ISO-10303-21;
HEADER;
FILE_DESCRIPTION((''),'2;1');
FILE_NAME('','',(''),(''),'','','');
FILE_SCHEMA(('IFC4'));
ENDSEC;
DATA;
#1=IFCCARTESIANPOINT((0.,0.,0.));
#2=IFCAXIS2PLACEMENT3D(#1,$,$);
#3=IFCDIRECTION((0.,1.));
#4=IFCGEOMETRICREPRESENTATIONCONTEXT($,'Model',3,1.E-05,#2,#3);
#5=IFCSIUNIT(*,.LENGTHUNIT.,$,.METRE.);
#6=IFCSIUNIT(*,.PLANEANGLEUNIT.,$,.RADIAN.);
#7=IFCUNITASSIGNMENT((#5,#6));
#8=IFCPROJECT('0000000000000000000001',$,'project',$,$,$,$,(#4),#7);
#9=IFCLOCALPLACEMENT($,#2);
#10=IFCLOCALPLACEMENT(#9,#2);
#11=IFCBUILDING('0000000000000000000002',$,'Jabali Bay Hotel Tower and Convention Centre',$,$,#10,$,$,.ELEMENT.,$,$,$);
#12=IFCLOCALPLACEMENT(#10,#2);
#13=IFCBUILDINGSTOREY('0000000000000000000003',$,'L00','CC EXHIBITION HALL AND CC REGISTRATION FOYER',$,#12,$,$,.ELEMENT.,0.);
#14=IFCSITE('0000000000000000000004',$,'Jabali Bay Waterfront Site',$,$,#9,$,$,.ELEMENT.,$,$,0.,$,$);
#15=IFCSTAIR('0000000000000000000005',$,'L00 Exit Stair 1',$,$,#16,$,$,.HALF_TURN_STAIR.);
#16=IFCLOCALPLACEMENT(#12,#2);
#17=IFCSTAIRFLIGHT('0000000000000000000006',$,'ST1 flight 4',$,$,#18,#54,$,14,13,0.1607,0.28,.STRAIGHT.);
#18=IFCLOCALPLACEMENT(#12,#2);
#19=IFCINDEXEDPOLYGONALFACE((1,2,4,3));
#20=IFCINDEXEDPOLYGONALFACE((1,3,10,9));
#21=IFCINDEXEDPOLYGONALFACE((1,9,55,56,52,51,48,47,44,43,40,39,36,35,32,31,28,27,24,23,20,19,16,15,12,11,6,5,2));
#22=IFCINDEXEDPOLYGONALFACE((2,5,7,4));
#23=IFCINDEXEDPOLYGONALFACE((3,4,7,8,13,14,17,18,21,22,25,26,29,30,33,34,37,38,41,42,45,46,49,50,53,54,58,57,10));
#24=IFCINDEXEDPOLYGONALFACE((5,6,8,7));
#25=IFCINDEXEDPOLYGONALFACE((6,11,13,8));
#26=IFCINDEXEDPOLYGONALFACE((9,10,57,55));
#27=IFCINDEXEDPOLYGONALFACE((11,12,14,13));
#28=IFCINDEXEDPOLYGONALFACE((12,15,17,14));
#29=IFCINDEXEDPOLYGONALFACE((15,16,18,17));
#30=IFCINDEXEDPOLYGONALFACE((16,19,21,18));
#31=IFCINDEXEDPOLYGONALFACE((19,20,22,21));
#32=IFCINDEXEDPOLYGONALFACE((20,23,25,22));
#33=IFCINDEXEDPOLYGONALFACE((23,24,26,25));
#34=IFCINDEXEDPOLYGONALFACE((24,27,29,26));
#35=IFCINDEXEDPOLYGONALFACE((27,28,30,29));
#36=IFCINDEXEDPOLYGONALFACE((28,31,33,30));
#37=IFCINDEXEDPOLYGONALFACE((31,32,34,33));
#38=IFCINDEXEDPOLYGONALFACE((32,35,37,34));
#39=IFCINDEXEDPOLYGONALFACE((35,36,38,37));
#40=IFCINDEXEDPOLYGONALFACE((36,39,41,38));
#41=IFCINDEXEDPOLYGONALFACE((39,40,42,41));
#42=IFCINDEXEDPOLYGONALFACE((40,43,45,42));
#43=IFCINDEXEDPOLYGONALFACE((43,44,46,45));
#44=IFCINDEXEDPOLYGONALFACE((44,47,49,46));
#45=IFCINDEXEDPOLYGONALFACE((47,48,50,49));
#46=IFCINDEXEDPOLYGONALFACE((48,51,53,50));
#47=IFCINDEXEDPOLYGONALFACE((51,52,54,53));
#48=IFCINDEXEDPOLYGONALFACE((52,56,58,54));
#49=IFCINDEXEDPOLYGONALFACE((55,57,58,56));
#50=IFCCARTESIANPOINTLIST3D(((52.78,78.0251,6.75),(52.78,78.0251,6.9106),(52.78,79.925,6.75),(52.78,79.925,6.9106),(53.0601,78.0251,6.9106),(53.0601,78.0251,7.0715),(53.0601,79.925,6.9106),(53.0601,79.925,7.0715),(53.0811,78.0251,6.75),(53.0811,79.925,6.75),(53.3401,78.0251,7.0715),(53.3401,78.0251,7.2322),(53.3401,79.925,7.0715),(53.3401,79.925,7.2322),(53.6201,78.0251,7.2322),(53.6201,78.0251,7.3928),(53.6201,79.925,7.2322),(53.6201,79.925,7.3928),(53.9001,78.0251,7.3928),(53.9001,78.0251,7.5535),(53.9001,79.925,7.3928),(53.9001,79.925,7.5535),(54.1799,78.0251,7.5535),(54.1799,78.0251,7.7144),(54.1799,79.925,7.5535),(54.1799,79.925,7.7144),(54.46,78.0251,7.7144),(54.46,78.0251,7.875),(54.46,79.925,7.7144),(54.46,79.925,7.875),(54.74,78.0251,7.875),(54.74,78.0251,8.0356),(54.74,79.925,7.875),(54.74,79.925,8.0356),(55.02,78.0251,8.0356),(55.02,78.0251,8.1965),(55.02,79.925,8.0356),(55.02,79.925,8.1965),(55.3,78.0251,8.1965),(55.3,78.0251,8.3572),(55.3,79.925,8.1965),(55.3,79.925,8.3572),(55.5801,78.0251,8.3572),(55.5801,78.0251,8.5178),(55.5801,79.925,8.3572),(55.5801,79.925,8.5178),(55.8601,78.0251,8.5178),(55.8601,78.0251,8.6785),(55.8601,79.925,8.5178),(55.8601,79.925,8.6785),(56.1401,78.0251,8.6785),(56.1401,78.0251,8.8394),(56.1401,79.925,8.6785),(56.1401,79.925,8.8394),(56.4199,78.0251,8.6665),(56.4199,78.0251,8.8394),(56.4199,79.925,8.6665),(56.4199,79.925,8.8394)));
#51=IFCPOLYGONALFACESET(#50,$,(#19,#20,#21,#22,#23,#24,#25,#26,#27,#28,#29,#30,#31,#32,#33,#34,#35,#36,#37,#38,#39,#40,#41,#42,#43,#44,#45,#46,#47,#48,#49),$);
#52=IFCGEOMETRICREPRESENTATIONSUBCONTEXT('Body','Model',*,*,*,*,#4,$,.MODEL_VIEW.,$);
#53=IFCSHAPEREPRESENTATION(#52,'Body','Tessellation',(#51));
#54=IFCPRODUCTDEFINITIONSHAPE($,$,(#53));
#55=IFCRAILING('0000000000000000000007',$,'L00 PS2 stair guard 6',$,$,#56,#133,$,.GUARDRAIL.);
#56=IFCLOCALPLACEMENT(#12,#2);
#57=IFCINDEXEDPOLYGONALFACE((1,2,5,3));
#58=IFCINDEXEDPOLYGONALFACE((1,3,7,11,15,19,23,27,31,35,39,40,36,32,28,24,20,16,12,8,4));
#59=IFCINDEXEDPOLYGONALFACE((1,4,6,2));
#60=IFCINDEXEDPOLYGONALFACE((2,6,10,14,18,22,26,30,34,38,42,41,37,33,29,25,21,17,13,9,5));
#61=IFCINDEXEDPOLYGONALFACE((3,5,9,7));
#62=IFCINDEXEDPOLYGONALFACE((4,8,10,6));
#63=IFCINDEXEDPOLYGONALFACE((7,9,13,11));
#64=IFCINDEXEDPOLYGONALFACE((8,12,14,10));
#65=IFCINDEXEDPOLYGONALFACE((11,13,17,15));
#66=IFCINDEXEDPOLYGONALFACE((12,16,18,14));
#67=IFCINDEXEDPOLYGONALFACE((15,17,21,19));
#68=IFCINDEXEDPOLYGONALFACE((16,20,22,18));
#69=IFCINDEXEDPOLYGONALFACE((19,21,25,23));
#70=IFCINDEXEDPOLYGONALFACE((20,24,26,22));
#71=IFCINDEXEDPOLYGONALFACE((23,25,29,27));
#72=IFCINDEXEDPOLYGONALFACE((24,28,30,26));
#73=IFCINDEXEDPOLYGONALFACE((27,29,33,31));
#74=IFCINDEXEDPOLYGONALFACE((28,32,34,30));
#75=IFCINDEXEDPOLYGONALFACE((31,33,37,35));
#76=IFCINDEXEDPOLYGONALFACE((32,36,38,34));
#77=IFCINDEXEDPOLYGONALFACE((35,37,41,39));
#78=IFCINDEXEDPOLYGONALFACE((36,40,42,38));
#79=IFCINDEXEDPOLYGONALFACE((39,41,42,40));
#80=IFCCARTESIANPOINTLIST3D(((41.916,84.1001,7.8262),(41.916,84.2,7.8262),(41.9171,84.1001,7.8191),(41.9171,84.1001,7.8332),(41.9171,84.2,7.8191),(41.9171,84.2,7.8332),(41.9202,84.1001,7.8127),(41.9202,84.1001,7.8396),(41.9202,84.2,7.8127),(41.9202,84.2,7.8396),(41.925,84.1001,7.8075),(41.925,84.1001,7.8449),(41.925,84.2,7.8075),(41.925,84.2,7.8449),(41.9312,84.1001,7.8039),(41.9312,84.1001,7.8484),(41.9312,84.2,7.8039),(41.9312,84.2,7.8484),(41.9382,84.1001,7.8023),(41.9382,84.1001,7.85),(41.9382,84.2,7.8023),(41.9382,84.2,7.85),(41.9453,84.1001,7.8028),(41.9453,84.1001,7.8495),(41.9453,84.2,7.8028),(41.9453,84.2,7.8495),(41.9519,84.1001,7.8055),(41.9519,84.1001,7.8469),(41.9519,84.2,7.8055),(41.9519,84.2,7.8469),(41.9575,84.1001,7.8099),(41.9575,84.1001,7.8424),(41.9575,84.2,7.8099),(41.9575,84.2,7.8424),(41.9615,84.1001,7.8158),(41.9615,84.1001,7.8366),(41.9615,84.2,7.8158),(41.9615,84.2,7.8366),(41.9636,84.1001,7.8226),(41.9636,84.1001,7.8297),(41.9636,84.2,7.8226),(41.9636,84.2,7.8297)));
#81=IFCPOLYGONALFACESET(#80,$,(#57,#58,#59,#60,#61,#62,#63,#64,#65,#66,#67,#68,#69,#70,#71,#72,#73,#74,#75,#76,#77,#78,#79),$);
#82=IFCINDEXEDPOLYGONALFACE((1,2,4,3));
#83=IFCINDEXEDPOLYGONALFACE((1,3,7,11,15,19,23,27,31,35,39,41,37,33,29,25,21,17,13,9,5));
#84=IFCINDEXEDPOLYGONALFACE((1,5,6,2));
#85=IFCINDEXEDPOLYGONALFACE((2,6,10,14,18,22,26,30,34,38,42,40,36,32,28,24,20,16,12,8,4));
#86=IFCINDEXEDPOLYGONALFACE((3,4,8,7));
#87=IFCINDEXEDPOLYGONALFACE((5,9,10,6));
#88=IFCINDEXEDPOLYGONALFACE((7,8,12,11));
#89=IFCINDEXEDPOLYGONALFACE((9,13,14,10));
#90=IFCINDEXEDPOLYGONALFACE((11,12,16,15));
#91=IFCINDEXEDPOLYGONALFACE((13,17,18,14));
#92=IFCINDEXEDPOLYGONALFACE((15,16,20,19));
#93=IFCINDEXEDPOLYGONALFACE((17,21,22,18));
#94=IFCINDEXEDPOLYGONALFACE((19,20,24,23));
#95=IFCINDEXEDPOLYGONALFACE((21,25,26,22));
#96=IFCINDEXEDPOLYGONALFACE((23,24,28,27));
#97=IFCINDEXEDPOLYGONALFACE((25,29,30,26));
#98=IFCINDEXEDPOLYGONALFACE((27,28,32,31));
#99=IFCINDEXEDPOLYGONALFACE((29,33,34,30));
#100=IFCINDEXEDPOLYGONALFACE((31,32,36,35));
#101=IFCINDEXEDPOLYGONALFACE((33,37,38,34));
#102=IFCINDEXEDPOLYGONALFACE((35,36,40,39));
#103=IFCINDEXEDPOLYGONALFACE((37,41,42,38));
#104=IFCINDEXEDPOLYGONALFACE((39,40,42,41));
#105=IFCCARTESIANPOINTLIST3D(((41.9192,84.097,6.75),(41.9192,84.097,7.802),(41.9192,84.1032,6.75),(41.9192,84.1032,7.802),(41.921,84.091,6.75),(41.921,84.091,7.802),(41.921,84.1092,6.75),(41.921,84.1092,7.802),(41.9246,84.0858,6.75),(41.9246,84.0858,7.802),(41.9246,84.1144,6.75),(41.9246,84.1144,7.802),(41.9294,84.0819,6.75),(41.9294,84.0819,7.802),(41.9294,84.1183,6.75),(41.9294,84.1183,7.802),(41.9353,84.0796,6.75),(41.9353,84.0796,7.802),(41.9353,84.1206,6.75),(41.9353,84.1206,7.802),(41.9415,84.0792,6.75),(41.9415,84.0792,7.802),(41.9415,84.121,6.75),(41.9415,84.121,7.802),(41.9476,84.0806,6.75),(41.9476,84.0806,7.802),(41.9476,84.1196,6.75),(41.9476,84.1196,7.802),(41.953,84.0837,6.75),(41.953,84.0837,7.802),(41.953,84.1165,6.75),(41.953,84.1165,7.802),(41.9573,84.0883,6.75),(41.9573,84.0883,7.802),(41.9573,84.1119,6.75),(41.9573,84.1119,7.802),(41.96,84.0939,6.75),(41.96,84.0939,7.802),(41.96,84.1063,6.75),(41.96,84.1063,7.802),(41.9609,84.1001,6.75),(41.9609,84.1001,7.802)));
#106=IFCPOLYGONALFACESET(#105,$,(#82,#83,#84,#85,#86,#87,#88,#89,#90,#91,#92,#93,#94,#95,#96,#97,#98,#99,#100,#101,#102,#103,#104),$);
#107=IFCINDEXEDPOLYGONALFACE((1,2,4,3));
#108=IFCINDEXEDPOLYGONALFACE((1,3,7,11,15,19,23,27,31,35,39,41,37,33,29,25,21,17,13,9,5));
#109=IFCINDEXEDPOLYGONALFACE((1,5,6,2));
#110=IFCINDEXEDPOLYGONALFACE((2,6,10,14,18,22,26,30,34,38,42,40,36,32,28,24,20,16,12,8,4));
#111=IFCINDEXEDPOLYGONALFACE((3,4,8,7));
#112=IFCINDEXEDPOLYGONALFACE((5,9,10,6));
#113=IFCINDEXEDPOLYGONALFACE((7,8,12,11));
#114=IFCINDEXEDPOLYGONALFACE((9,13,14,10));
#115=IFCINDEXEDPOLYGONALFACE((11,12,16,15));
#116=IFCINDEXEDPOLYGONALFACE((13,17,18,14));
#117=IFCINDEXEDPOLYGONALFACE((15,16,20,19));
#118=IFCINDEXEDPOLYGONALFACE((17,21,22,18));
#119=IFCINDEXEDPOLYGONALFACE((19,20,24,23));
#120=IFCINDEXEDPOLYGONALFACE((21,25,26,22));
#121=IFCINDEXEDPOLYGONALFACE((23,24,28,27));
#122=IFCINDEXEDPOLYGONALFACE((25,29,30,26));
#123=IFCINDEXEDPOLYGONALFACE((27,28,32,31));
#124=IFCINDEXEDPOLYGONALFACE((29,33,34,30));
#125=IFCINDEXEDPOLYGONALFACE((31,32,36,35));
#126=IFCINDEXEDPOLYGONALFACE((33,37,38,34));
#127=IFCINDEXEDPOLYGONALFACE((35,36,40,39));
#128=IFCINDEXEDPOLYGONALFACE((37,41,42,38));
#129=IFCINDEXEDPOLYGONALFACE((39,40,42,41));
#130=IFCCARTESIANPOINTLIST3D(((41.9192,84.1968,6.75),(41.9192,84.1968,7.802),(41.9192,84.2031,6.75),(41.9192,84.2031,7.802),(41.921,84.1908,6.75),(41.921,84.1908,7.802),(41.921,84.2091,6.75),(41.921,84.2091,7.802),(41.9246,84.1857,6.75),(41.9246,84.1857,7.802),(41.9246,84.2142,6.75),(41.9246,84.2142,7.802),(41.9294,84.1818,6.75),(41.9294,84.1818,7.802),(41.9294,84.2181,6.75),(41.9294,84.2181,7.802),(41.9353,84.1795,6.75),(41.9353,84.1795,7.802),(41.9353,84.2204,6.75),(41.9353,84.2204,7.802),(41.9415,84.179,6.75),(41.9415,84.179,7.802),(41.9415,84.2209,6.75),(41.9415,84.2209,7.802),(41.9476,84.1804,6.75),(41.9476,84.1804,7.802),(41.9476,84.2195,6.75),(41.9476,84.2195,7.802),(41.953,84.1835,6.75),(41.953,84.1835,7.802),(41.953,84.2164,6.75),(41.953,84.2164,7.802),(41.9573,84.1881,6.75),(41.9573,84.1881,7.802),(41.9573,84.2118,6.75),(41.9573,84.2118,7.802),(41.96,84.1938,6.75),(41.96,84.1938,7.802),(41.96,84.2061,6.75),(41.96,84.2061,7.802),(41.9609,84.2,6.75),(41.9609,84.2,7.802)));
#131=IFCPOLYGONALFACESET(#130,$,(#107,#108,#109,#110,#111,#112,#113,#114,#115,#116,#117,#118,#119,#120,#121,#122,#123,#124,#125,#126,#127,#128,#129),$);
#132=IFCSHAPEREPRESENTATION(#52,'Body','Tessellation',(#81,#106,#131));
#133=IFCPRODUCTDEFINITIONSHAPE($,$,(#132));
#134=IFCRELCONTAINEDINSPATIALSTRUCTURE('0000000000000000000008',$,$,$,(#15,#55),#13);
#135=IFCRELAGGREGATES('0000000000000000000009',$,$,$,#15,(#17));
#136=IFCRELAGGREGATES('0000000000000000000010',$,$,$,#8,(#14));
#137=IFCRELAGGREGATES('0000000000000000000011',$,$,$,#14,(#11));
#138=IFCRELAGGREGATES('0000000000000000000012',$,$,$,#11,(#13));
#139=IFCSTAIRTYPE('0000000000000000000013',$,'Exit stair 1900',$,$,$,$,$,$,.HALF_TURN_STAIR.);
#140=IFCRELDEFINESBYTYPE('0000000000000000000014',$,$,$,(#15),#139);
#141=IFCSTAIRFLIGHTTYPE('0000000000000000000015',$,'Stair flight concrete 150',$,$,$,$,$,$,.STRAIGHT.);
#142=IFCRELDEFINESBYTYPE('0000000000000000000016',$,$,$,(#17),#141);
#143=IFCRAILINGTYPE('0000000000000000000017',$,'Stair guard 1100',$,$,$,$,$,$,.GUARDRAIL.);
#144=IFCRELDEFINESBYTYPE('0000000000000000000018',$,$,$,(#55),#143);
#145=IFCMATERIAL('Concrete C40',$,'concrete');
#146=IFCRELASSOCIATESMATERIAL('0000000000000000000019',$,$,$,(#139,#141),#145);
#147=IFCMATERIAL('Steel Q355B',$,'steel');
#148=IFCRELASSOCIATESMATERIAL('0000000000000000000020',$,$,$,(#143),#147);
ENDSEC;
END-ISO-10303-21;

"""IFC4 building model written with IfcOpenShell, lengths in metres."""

from ifc_helpers import new_model, si_unit, direction, frame, origin, origin_2d, place, context, subcontext, project, spatial, polyline, circle, outline, extrude, material, type_object, element, aggregate, save


model = new_model("IFC4")

# Units and contexts
model_context = context("Model", 3, precision=1e-05, world=origin(), true_north=direction((0.0, 1.0)))
body_context = subcontext(model_context, "Body", "Model", "MODEL_VIEW")
ifc_project = project(units=[si_unit("LENGTHUNIT", "METRE"), si_unit("PLANEANGLEUNIT", "RADIAN")], contexts=[model_context])

# Site, building, storey
site_placement = place(None, origin())
site = spatial("IfcSite", under=ifc_project, at=site_placement, Name="Jabali Bay Waterfront Site", CompositionType="ELEMENT", RefElevation=0.0)
building_placement = place(site_placement, origin())
building = spatial("IfcBuilding", under=site, at=building_placement, Name="Jabali Bay Hotel Tower and Convention Centre", CompositionType="ELEMENT")
storey_placement = place(building_placement, origin())
storey = spatial("IfcBuildingStorey", under=building, at=storey_placement, Name="L00", Description="CC EXHIBITION HALL AND CC REGISTRATION FOYER", CompositionType="ELEMENT", Elevation=0.0)

# Shared definitions
ifc_material_1 = material(Name="Concrete C40", Category="concrete")

# Stair, stair flight
stair_type = type_object("IfcStairType", Name="Exit stair 1900", PredefinedType="HALF_TURN_STAIR", material=ifc_material_1)
stair_placement = place(storey_placement, origin())
stair = element("IfcStair", 1, at=stair_placement, inside=storey, type_object=stair_type, Name="L00 Exit Stair 1", PredefinedType="HALF_TURN_STAIR")
stair_flight_type = type_object("IfcStairFlightType", Name="Stair flight concrete 150", PredefinedType="STRAIGHT", material=ifc_material_1)
stair_flight_1_placement = place(storey_placement, frame((52.78, 78.9751, 6.75), z_axis=(0.0, 0.0, 1.0), x_axis=(1.0, 0.0, 0.0)))
stair_flight_1 = element("IfcStairFlight", 2, at=stair_flight_1_placement, type_object=stair_flight_type, Name="ST1 flight 4", NumberOfRisers=14, NumberOfTreads=13, PredefinedType="STRAIGHT", RiserHeight=0.1607, TreadLength=0.28, context=body_context, shape_type="SweptSolid", body=[
    extrude(outline(polyline([(0.0, 0.0), (0.0, 0.1606), (0.28, 0.1606), (0.28, 0.3215), (0.5601, 0.3215), (0.5601, 0.4822), (0.8401, 0.4822), (0.8401, 0.6428), (1.1201, 0.6428), (1.1201, 0.8035), (1.3999, 0.8035), (1.3999, 0.9644), (1.6799, 0.9644), (1.6799, 1.125), (1.96, 1.125), (1.96, 1.2856), (2.24, 1.2856), (2.24, 1.4465), (2.52, 1.4465), (2.52, 1.6072), (2.8, 1.6072), (2.8, 1.7678), (3.0801, 1.7678), (3.0801, 1.9285), (3.3601, 1.9285), (3.3601, 2.0894), (3.6399, 2.0894), (3.6399, 2.25), (3.6399, 1.9165), (0.301, 0.0), (0.0, 0.0)])), frame((0.0, 0.95, 0.0), z_axis=(0.0, -1.0, 0.0), x_axis=(1.0, 0.0, 0.0)), (0.0, 0.0, 1.0), 1.8999),
])
aggregate(stair, [stair_flight_1])

# Railing
ifc_material_2 = material(Name="Steel Q355B", Category="steel")
railing_type_1 = type_object("IfcRailingType", Name="Stair guard 1100", PredefinedType="GUARDRAIL", material=ifc_material_2)
railing_1_placement = place(storey_placement, frame((41.9399, 84.1001, 6.75)))
element("IfcRailing", 3, at=railing_1_placement, inside=storey, type_object=railing_type_1, Name="L00 PS2 stair guard 6", PredefinedType="GUARDRAIL", context=body_context, shape_type="SweptSolid", body=[
    extrude(circle(Radius=0.0239, at=origin_2d()), frame((0.0, 0.0, 1.0762), z_axis=(0.0, 1.0, 0.0), x_axis=(-1.0, 0.0, 0.0)), (0.0, 0.0, 1.0), 0.0999),
    extrude(circle(Radius=0.021, at=origin_2d()), origin(), (0.0, 0.0, 1.0), 1.052),
    extrude(circle(Radius=0.021, at=origin_2d()), frame((0.0, 0.0999, 0.0)), (0.0, 0.0, 1.0), 1.052),
])

save(model, "model.ifc")
